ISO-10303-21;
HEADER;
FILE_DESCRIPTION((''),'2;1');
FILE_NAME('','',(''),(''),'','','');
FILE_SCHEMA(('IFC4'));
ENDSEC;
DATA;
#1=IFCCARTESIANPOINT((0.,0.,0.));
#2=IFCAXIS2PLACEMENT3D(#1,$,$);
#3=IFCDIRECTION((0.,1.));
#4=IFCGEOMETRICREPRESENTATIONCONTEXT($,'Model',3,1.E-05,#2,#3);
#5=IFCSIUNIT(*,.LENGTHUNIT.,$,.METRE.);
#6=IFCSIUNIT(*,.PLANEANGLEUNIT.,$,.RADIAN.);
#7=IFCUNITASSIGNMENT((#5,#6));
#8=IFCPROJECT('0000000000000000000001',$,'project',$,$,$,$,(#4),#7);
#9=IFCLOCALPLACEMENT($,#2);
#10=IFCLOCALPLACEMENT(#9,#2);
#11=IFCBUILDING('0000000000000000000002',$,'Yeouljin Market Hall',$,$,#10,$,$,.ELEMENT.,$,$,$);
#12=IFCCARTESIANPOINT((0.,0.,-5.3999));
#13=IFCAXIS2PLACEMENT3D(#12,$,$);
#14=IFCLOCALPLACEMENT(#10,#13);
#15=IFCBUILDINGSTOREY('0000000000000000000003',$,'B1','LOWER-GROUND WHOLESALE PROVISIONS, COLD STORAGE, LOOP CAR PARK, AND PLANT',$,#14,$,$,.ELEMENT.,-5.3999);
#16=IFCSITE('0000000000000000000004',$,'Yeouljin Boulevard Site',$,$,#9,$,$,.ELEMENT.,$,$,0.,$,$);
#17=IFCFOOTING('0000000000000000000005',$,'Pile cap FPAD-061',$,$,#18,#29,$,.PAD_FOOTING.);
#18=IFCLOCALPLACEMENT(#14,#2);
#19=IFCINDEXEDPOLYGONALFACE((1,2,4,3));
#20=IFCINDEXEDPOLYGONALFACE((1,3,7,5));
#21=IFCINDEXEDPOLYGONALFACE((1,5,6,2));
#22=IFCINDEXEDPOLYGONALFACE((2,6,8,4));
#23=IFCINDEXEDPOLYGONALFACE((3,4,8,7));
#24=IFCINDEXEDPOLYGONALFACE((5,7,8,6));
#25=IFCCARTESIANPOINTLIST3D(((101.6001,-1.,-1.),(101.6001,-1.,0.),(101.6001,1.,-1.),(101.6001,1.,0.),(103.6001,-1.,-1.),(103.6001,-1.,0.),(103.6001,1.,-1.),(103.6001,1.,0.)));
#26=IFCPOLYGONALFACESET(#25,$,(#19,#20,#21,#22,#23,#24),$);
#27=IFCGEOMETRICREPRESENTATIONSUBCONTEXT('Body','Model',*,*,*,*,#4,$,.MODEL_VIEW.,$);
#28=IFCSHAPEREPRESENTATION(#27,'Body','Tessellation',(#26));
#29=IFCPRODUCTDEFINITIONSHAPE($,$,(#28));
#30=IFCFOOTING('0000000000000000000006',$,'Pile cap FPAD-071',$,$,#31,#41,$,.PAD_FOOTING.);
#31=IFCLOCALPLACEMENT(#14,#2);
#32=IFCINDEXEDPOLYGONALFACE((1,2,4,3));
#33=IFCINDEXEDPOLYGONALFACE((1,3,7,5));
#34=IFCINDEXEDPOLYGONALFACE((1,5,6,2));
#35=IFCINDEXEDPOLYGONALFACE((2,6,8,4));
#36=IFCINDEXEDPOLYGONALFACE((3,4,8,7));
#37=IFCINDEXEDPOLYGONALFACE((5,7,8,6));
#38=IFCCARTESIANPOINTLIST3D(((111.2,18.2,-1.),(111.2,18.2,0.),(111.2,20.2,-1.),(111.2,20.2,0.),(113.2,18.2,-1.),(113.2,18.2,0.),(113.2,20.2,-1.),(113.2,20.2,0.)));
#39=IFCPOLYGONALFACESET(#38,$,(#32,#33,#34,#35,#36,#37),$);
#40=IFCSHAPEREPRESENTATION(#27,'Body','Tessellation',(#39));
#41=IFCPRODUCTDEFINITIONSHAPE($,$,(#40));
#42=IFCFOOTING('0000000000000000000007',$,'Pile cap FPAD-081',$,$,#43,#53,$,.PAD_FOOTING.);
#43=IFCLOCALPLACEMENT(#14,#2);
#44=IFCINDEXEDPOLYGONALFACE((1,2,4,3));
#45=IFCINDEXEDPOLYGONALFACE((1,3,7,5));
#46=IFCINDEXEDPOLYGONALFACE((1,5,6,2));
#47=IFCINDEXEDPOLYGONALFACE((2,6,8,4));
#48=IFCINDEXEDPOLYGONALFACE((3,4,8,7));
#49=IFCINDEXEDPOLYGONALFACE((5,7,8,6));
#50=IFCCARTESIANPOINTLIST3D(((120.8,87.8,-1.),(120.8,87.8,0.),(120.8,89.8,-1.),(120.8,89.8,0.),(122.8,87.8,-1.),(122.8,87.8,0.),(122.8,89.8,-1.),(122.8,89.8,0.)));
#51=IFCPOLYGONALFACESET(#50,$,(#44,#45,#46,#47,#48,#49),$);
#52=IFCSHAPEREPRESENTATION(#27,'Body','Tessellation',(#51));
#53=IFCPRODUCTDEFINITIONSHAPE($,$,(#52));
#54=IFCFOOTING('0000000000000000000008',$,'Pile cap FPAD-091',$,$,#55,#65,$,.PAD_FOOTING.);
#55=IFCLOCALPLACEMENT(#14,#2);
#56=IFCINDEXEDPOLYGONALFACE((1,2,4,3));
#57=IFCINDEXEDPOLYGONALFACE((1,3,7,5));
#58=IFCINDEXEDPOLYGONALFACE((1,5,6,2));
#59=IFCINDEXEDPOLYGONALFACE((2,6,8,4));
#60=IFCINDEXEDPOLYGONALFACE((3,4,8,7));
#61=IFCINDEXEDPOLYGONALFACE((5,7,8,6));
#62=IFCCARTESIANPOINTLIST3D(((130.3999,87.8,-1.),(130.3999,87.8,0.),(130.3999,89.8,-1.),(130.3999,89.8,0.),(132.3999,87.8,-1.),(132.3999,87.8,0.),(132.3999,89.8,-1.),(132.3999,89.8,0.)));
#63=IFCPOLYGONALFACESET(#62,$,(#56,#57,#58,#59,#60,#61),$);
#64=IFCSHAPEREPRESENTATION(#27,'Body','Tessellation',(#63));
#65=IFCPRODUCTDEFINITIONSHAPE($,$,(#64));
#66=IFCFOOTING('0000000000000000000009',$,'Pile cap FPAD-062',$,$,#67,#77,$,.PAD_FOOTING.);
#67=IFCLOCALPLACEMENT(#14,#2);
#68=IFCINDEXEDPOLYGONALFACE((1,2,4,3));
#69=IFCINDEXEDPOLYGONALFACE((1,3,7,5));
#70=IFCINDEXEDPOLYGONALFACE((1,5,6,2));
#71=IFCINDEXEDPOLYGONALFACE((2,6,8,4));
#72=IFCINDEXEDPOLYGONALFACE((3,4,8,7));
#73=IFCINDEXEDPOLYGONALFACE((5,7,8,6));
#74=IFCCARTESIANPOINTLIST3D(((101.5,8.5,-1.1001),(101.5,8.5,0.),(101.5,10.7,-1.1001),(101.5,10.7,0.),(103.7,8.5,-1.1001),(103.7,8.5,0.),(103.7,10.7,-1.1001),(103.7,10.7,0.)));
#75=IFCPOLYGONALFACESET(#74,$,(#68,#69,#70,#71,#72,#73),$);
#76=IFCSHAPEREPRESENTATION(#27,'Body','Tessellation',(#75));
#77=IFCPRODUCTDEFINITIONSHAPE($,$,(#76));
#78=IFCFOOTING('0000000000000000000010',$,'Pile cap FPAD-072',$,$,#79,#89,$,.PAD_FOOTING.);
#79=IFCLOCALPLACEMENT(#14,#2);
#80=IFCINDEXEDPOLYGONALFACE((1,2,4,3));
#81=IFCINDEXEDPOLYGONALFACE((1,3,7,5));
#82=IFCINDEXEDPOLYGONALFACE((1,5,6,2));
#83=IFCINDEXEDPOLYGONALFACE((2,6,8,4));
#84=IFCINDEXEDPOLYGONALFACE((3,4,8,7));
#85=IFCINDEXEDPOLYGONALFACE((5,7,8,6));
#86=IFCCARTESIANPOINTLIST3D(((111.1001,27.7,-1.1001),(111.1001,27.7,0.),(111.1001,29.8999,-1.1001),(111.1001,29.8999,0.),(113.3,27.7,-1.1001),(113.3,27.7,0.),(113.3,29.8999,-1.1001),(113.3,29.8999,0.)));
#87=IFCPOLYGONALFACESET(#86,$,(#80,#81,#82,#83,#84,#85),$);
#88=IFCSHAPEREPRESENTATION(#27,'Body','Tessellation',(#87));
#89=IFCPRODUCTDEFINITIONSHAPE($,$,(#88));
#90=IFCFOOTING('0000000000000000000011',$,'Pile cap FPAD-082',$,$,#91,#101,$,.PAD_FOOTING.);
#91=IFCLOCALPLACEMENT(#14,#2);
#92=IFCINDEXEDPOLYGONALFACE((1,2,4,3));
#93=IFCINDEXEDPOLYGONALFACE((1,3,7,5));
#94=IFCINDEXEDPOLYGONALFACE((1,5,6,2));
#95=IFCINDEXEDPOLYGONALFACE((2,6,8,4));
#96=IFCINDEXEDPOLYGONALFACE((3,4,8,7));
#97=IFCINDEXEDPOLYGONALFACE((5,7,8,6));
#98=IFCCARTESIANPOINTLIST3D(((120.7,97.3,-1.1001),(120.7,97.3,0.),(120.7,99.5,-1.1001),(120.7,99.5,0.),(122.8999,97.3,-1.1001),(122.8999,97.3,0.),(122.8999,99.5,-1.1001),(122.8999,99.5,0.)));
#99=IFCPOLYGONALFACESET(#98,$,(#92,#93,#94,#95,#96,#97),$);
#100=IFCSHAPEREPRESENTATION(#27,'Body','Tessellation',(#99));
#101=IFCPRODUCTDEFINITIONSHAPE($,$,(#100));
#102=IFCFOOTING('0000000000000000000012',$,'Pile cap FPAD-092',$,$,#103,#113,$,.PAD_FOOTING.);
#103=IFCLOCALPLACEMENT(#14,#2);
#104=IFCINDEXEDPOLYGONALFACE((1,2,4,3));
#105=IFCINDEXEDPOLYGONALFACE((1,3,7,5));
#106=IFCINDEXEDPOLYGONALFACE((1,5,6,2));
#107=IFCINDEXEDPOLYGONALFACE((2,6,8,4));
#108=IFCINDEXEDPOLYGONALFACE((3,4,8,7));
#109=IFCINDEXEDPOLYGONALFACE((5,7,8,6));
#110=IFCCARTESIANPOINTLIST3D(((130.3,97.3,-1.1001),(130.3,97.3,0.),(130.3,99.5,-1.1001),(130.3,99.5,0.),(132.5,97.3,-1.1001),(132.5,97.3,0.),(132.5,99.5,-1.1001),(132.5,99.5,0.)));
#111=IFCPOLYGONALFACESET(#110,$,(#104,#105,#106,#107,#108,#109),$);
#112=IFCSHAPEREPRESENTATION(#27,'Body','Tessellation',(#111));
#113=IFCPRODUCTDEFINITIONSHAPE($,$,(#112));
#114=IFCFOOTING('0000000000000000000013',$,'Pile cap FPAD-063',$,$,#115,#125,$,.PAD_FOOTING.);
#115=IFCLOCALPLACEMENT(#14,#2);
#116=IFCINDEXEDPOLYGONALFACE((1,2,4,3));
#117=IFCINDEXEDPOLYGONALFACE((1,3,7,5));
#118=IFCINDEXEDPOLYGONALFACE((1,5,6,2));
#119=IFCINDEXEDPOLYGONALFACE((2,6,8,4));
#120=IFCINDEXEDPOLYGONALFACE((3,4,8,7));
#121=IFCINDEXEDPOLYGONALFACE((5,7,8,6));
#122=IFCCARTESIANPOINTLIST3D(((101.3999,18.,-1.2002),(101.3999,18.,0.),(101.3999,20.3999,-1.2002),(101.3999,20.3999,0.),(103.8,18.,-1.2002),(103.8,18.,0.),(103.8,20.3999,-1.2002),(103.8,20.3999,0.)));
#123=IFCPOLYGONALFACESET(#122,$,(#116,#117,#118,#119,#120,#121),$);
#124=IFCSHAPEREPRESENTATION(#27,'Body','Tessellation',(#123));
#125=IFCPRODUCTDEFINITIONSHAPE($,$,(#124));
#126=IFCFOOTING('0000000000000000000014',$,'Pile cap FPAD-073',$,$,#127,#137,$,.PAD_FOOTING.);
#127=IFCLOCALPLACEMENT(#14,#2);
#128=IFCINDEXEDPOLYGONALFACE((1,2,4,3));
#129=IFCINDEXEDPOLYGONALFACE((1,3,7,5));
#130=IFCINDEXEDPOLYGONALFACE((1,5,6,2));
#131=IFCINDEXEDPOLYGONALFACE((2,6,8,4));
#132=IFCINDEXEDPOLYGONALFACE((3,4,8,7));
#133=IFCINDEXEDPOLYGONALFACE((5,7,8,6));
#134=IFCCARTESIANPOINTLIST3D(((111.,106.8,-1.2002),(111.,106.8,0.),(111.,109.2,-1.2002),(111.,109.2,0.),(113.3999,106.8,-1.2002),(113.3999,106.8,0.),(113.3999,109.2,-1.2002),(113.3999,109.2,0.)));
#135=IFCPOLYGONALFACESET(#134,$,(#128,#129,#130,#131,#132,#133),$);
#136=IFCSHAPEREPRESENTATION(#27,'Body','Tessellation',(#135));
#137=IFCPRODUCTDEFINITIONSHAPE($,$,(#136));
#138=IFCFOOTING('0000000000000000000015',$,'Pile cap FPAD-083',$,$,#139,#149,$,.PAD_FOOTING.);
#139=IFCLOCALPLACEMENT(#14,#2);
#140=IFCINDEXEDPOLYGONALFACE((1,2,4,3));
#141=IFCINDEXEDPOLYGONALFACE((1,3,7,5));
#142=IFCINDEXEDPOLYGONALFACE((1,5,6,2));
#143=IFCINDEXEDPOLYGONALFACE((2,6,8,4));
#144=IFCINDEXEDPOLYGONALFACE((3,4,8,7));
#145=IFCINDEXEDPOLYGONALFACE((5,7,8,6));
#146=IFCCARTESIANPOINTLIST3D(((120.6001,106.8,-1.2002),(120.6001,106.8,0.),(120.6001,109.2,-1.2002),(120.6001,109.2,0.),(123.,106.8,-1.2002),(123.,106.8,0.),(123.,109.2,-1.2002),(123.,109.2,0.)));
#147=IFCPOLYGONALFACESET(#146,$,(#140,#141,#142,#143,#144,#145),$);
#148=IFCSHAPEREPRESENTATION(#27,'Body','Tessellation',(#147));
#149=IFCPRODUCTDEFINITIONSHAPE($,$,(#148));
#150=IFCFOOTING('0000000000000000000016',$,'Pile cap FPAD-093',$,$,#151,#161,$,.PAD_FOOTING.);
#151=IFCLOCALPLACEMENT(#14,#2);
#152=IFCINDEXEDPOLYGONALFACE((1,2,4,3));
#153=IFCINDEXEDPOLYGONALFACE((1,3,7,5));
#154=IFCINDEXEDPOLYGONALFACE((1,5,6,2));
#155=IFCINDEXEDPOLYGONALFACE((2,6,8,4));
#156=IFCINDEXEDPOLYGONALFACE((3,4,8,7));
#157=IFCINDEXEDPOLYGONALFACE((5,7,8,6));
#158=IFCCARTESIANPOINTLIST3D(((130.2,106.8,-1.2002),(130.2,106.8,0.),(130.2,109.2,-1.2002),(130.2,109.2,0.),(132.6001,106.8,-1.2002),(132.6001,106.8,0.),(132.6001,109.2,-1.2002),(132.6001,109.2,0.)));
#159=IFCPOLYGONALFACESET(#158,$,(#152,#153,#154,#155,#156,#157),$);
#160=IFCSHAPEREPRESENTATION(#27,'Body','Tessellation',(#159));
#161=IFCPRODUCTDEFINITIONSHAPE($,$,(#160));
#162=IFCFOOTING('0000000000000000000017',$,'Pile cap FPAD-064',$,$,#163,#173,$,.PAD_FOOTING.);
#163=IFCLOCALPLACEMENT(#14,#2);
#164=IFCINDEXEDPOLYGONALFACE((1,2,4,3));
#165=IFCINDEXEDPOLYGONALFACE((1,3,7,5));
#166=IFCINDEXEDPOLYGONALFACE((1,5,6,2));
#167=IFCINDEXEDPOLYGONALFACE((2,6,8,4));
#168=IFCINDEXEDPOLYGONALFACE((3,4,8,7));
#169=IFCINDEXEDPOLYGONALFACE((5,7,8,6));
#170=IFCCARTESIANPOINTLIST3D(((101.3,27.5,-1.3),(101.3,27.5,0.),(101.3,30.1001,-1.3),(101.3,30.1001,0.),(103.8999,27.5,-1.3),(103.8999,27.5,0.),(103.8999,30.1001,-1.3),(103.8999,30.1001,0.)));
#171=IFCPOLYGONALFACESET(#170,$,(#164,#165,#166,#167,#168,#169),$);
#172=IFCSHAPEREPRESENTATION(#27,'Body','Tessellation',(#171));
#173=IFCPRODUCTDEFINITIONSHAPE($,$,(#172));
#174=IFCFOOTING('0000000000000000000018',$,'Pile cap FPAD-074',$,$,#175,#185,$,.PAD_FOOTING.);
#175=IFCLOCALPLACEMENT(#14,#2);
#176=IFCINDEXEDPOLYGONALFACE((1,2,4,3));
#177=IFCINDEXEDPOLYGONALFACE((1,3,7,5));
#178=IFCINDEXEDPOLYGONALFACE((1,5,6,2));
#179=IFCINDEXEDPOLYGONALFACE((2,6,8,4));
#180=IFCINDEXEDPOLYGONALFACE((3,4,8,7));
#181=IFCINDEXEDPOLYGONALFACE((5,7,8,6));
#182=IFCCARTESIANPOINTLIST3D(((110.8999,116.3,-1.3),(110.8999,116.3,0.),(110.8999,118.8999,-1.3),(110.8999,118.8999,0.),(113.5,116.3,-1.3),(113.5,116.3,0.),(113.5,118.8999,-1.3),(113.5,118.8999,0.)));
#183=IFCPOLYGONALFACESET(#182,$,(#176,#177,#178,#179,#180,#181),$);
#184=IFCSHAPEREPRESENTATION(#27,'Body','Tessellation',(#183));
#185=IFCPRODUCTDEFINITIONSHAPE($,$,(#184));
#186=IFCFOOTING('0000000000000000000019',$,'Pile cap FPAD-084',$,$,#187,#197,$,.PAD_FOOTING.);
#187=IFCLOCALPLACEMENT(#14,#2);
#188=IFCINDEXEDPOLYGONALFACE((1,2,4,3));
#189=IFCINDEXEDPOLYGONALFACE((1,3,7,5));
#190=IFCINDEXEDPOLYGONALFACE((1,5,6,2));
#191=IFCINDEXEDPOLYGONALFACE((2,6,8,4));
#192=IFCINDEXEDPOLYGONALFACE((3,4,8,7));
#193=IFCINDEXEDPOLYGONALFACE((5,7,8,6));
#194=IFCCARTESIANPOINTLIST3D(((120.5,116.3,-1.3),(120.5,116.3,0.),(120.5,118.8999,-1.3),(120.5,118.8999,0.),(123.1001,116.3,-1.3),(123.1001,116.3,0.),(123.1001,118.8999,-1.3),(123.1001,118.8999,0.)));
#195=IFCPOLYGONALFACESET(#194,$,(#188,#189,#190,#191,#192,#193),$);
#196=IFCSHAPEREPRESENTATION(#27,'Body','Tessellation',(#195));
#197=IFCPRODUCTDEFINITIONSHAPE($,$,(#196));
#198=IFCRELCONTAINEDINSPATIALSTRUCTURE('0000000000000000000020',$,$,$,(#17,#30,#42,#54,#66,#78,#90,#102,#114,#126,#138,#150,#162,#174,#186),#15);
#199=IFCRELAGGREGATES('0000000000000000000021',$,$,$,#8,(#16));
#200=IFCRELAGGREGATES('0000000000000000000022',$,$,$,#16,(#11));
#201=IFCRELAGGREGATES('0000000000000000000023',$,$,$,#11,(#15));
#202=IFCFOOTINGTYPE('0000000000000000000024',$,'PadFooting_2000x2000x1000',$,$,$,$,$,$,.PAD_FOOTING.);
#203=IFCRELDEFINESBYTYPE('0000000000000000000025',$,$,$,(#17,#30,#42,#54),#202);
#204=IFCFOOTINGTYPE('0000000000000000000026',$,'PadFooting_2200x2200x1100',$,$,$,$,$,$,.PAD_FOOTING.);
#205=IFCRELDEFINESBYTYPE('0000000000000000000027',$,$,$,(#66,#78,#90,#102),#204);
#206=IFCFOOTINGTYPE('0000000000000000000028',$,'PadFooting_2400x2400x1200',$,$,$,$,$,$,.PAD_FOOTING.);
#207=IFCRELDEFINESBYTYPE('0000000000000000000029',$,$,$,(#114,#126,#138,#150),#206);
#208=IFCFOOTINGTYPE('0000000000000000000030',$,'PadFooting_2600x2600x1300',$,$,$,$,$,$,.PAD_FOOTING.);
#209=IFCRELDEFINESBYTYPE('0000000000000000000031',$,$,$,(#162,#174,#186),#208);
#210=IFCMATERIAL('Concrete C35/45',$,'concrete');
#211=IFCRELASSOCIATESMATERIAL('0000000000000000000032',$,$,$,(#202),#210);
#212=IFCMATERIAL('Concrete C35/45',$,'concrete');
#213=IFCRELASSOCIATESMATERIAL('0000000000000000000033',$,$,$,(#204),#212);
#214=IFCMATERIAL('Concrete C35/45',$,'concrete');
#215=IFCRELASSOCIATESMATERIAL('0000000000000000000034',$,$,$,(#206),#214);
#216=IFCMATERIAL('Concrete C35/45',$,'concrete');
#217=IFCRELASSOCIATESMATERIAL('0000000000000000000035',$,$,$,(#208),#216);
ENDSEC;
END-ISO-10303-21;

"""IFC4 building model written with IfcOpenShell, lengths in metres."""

from ifc_helpers import new_model, si_unit, direction, frame, origin, place, context, subcontext, project, spatial, polyline, outline, extrude, material, type_object, element, save


model = new_model("IFC4")

# Units and contexts
model_context = context("Model", 3, precision=1e-05, world=origin(), true_north=direction((0.0, 1.0)))
body_context = subcontext(model_context, "Body", "Model", "MODEL_VIEW")
ifc_project = project(units=[si_unit("LENGTHUNIT", "METRE"), si_unit("PLANEANGLEUNIT", "RADIAN")], contexts=[model_context])

# Site, building, storey
site_placement = place(None, origin())
site = spatial("IfcSite", under=ifc_project, at=site_placement, Name="Yeouljin Boulevard Site", CompositionType="ELEMENT", RefElevation=0.0)
building_placement = place(site_placement, origin())
building = spatial("IfcBuilding", under=site, at=building_placement, Name="Yeouljin Market Hall", CompositionType="ELEMENT")
storey_placement = place(building_placement, frame((0.0, 0.0, -5.3999)))
storey = spatial("IfcBuildingStorey", under=building, at=storey_placement, Name="B1", Description="LOWER-GROUND WHOLESALE PROVISIONS, COLD STORAGE, LOOP CAR PARK, AND PLANT", CompositionType="ELEMENT", Elevation=-5.3999)

# Footings
ifc_material_1 = material(Name="Concrete C35/45", Category="concrete")
footing_type_1 = type_object("IfcFootingType", Name="PadFooting_2000x2000x1000", PredefinedType="PAD_FOOTING", material=ifc_material_1)
footing_1_placement = place(storey_placement, frame((0.0, 0.0, -1.0)))
element("IfcFooting", 1, at=footing_1_placement, inside=storey, type_object=footing_type_1, Name="Pile cap FPAD-061", PredefinedType="PAD_FOOTING", context=body_context, shape_type="SweptSolid", body=[
    extrude(outline(polyline([(101.6001, -1.0), (103.6001, -1.0), (103.6001, 1.0), (101.6001, 1.0), (101.6001, -1.0)])), origin(), (0.0, 0.0, 1.0), 1.0),
])
footing_2_placement = place(storey_placement, frame((0.0, 0.0, -1.0)))
element("IfcFooting", 2, at=footing_2_placement, inside=storey, type_object=footing_type_1, Name="Pile cap FPAD-071", PredefinedType="PAD_FOOTING", context=body_context, shape_type="SweptSolid", body=[
    extrude(outline(polyline([(111.2, 18.2), (113.2, 18.2), (113.2, 20.2), (111.2, 20.2), (111.2, 18.2)])), origin(), (0.0, 0.0, 1.0), 1.0),
])
footing_3_placement = place(storey_placement, frame((0.0, 0.0, -1.0)))
element("IfcFooting", 3, at=footing_3_placement, inside=storey, type_object=footing_type_1, Name="Pile cap FPAD-081", PredefinedType="PAD_FOOTING", context=body_context, shape_type="SweptSolid", body=[
    extrude(outline(polyline([(120.8, 87.8), (122.8, 87.8), (122.8, 89.8), (120.8, 89.8), (120.8, 87.8)])), origin(), (0.0, 0.0, 1.0), 1.0),
])
footing_4_placement = place(storey_placement, frame((0.0, 0.0, -1.0)))
element("IfcFooting", 4, at=footing_4_placement, inside=storey, type_object=footing_type_1, Name="Pile cap FPAD-091", PredefinedType="PAD_FOOTING", context=body_context, shape_type="SweptSolid", body=[
    extrude(outline(polyline([(130.3999, 87.8), (132.3999, 87.8), (132.3999, 89.8), (130.3999, 89.8), (130.3999, 87.8)])), origin(), (0.0, 0.0, 1.0), 1.0),
])
ifc_material_2 = material(Name="Concrete C35/45", Category="concrete")
footing_type_2 = type_object("IfcFootingType", Name="PadFooting_2200x2200x1100", PredefinedType="PAD_FOOTING", material=ifc_material_2)
footing_5_placement = place(storey_placement, frame((0.0, 0.0, -1.1001)))
element("IfcFooting", 5, at=footing_5_placement, inside=storey, type_object=footing_type_2, Name="Pile cap FPAD-062", PredefinedType="PAD_FOOTING", context=body_context, shape_type="SweptSolid", body=[
    extrude(outline(polyline([(101.5, 8.5), (103.7, 8.5), (103.7, 10.7), (101.5, 10.7), (101.5, 8.5)])), origin(), (0.0, 0.0, 1.0), 1.1001),
])
footing_6_placement = place(storey_placement, frame((0.0, 0.0, -1.1001)))
element("IfcFooting", 6, at=footing_6_placement, inside=storey, type_object=footing_type_2, Name="Pile cap FPAD-072", PredefinedType="PAD_FOOTING", context=body_context, shape_type="SweptSolid", body=[
    extrude(outline(polyline([(111.1001, 27.7), (113.3, 27.7), (113.3, 29.8999), (111.1001, 29.8999), (111.1001, 27.7)])), origin(), (0.0, 0.0, 1.0), 1.1001),
])
footing_7_placement = place(storey_placement, frame((0.0, 0.0, -1.1001)))
element("IfcFooting", 7, at=footing_7_placement, inside=storey, type_object=footing_type_2, Name="Pile cap FPAD-082", PredefinedType="PAD_FOOTING", context=body_context, shape_type="SweptSolid", body=[
    extrude(outline(polyline([(120.7, 97.3), (122.8999, 97.3), (122.8999, 99.5), (120.7, 99.5), (120.7, 97.3)])), origin(), (0.0, 0.0, 1.0), 1.1001),
])
footing_8_placement = place(storey_placement, frame((0.0, 0.0, -1.1001)))
element("IfcFooting", 8, at=footing_8_placement, inside=storey, type_object=footing_type_2, Name="Pile cap FPAD-092", PredefinedType="PAD_FOOTING", context=body_context, shape_type="SweptSolid", body=[
    extrude(outline(polyline([(130.3, 97.3), (132.5, 97.3), (132.5, 99.5), (130.3, 99.5), (130.3, 97.3)])), origin(), (0.0, 0.0, 1.0), 1.1001),
])
ifc_material_3 = material(Name="Concrete C35/45", Category="concrete")
footing_type_3 = type_object("IfcFootingType", Name="PadFooting_2400x2400x1200", PredefinedType="PAD_FOOTING", material=ifc_material_3)
footing_9_placement = place(storey_placement, frame((0.0, 0.0, -1.2002)))
element("IfcFooting", 9, at=footing_9_placement, inside=storey, type_object=footing_type_3, Name="Pile cap FPAD-063", PredefinedType="PAD_FOOTING", context=body_context, shape_type="SweptSolid", body=[
    extrude(outline(polyline([(101.3999, 18.0), (103.8, 18.0), (103.8, 20.3999), (101.3999, 20.3999), (101.3999, 18.0)])), origin(), (0.0, 0.0, 1.0), 1.2002),
])
footing_10_placement = place(storey_placement, frame((0.0, 0.0, -1.2002)))
element("IfcFooting", 10, at=footing_10_placement, inside=storey, type_object=footing_type_3, Name="Pile cap FPAD-073", PredefinedType="PAD_FOOTING", context=body_context, shape_type="SweptSolid", body=[
    extrude(outline(polyline([(111.0, 106.8), (113.3999, 106.8), (113.3999, 109.2), (111.0, 109.2), (111.0, 106.8)])), origin(), (0.0, 0.0, 1.0), 1.2002),
])
footing_11_placement = place(storey_placement, frame((0.0, 0.0, -1.2002)))
element("IfcFooting", 11, at=footing_11_placement, inside=storey, type_object=footing_type_3, Name="Pile cap FPAD-083", PredefinedType="PAD_FOOTING", context=body_context, shape_type="SweptSolid", body=[
    extrude(outline(polyline([(120.6001, 106.8), (123.0, 106.8), (123.0, 109.2), (120.6001, 109.2), (120.6001, 106.8)])), origin(), (0.0, 0.0, 1.0), 1.2002),
])
footing_12_placement = place(storey_placement, frame((0.0, 0.0, -1.2002)))
element("IfcFooting", 12, at=footing_12_placement, inside=storey, type_object=footing_type_3, Name="Pile cap FPAD-093", PredefinedType="PAD_FOOTING", context=body_context, shape_type="SweptSolid", body=[
    extrude(outline(polyline([(130.2, 106.8), (132.6001, 106.8), (132.6001, 109.2), (130.2, 109.2), (130.2, 106.8)])), origin(), (0.0, 0.0, 1.0), 1.2002),
])
ifc_material_4 = material(Name="Concrete C35/45", Category="concrete")
footing_type_4 = type_object("IfcFootingType", Name="PadFooting_2600x2600x1300", PredefinedType="PAD_FOOTING", material=ifc_material_4)
footing_13_placement = place(storey_placement, frame((0.0, 0.0, -1.3)))
element("IfcFooting", 13, at=footing_13_placement, inside=storey, type_object=footing_type_4, Name="Pile cap FPAD-064", PredefinedType="PAD_FOOTING", context=body_context, shape_type="SweptSolid", body=[
    extrude(outline(polyline([(101.3, 27.5), (103.8999, 27.5), (103.8999, 30.1001), (101.3, 30.1001), (101.3, 27.5)])), origin(), (0.0, 0.0, 1.0), 1.3),
])
footing_14_placement = place(storey_placement, frame((0.0, 0.0, -1.3)))
element("IfcFooting", 14, at=footing_14_placement, inside=storey, type_object=footing_type_4, Name="Pile cap FPAD-074", PredefinedType="PAD_FOOTING", context=body_context, shape_type="SweptSolid", body=[
    extrude(outline(polyline([(110.8999, 116.3), (113.5, 116.3), (113.5, 118.8999), (110.8999, 118.8999), (110.8999, 116.3)])), origin(), (0.0, 0.0, 1.0), 1.3),
])
footing_15_placement = place(storey_placement, frame((0.0, 0.0, -1.3)))
element("IfcFooting", 15, at=footing_15_placement, inside=storey, type_object=footing_type_4, Name="Pile cap FPAD-084", PredefinedType="PAD_FOOTING", context=body_context, shape_type="SweptSolid", body=[
    extrude(outline(polyline([(120.5, 116.3), (123.1001, 116.3), (123.1001, 118.8999), (120.5, 118.8999), (120.5, 116.3)])), origin(), (0.0, 0.0, 1.0), 1.3),
])

save(model, "model.ifc")
